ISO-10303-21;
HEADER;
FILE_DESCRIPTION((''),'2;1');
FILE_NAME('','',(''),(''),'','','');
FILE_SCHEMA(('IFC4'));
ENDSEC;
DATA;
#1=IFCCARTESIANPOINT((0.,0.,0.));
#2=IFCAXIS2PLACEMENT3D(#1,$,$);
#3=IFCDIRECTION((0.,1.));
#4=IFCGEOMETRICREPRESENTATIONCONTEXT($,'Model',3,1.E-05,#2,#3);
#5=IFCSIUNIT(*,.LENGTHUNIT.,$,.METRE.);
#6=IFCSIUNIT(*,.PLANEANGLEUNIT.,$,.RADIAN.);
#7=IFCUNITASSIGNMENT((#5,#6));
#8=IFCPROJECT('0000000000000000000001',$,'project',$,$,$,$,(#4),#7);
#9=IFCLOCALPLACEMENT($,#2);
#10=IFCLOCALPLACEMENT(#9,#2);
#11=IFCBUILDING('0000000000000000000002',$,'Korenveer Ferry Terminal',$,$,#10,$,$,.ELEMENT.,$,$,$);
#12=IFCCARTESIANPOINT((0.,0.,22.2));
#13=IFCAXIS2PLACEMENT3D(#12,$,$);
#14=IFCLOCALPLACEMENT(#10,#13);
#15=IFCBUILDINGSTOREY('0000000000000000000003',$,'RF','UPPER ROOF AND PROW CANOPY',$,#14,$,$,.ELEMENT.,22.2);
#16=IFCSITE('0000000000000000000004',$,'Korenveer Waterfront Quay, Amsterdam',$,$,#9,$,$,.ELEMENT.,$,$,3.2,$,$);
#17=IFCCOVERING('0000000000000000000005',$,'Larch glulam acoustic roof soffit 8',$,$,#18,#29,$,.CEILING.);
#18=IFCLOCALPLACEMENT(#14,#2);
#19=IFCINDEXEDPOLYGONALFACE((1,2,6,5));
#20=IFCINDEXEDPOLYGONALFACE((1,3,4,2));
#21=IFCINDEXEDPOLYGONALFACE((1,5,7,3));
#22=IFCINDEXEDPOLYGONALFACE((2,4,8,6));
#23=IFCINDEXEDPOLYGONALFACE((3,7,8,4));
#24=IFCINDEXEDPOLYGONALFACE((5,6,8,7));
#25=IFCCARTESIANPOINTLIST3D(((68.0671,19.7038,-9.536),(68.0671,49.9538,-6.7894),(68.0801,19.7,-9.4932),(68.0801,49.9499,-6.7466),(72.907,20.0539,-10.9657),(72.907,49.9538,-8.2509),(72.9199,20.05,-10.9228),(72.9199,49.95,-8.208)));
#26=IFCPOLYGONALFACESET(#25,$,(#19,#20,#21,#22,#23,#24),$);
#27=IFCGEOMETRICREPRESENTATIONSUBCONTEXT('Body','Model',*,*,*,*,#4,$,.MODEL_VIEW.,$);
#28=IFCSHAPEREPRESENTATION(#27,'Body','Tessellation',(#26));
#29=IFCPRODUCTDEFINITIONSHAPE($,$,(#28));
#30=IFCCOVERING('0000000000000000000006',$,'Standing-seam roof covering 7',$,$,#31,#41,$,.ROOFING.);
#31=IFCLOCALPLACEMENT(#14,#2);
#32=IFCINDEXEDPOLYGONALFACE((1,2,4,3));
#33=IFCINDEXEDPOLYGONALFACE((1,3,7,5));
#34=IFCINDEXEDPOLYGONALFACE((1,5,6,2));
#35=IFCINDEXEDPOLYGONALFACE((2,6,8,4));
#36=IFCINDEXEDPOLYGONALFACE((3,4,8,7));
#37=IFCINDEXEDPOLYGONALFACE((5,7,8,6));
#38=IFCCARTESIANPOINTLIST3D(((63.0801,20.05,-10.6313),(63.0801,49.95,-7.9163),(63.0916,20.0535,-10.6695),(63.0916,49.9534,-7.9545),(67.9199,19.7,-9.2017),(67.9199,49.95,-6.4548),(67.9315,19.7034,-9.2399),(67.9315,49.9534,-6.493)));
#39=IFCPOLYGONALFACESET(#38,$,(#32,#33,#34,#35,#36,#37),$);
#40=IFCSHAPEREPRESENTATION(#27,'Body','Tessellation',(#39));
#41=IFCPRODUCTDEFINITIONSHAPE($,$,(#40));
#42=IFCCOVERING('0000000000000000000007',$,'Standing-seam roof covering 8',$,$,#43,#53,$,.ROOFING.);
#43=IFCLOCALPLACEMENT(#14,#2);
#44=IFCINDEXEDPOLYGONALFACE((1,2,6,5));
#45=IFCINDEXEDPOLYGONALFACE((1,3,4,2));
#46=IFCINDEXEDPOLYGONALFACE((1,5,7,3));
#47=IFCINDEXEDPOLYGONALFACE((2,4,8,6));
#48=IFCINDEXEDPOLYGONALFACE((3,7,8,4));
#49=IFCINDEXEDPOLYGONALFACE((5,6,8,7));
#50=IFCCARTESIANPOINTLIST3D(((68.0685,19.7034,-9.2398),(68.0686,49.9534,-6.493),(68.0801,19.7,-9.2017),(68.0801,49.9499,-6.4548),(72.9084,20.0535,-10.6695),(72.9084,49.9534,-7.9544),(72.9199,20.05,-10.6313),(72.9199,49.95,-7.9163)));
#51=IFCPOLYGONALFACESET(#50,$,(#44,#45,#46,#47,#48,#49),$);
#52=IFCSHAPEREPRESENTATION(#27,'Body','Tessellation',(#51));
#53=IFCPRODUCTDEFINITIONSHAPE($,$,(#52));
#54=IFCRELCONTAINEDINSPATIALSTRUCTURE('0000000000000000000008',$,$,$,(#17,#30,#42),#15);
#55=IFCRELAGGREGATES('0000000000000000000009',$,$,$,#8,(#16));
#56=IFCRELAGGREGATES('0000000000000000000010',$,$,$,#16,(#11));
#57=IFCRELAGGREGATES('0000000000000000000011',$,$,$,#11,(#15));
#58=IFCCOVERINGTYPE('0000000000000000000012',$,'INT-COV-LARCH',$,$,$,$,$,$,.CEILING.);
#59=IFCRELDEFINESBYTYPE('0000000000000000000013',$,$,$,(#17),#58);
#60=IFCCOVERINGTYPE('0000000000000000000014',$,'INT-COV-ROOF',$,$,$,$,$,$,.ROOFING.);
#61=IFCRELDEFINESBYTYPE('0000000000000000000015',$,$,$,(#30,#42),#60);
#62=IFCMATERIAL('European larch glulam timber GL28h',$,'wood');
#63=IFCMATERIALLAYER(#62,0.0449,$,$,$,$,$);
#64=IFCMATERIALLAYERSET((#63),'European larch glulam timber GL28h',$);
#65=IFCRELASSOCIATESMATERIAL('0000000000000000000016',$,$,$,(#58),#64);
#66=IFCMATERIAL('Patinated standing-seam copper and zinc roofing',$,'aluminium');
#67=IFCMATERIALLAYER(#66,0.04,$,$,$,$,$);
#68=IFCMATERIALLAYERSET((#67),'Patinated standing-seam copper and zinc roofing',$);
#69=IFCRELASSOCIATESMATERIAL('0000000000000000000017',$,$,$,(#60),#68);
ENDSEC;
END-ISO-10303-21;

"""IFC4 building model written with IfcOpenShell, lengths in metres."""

from ifc_helpers import new_model, si_unit, direction, frame, origin, place, context, subcontext, project, spatial, polyline, outline, extrude, material, layer, layer_set, type_object, element, save


model = new_model("IFC4")

# Units and contexts
model_context = context("Model", 3, precision=1e-05, world=origin(), true_north=direction((0.0, 1.0)))
body_context = subcontext(model_context, "Body", "Model", "MODEL_VIEW")
ifc_project = project(units=[si_unit("LENGTHUNIT", "METRE"), si_unit("PLANEANGLEUNIT", "RADIAN")], contexts=[model_context])

# Site, building, storey
site_placement = place(None, origin())
site = spatial("IfcSite", under=ifc_project, at=site_placement, Name="Korenveer Waterfront Quay, Amsterdam", CompositionType="ELEMENT", RefElevation=3.2)
building_placement = place(site_placement, origin())
building = spatial("IfcBuilding", under=site, at=building_placement, Name="Korenveer Ferry Terminal", CompositionType="ELEMENT")
storey_placement = place(building_placement, frame((0.0, 0.0, 22.2)))
storey = spatial("IfcBuildingStorey", under=building, at=storey_placement, Name="RF", Description="UPPER ROOF AND PROW CANOPY", CompositionType="ELEMENT", Elevation=22.2)

# Coverings
ifc_material_1 = material(Name="European larch glulam timber GL28h", Category="wood")
ifc_layer_1 = layer(ifc_material_1, 0.0449)
ifc_layer_set_1 = layer_set([ifc_layer_1], Name="European larch glulam timber GL28h")
covering_type_1 = type_object("IfcCoveringType", Name="INT-COV-LARCH", PredefinedType="CEILING", material=ifc_layer_set_1)
covering_1_placement = place(storey_placement, frame((68.0801, 19.7, -9.4932), z_axis=(0.287985, -0.086594, 0.953712), x_axis=(0.956734, 0.069206, -0.282614)))
element("IfcCovering", 1, at=covering_1_placement, inside=storey, type_object=covering_type_1, Name="Larch glulam acoustic roof soffit 8", PredefinedType="CEILING", context=body_context, shape_type="SweptSolid", body=[
    extrude(outline(polyline([(0.0, 0.0), (5.0587, 0.0), (6.3607, 29.9947), (1.3173, 30.3459), (0.0, 0.0)])), origin(), (0.0, 0.0, -1.0), 0.0449),
])
ifc_material_2 = material(Name="Patinated standing-seam copper and zinc roofing", Category="aluminium")
ifc_layer_2 = layer(ifc_material_2, 0.04)
ifc_layer_set_2 = layer_set([ifc_layer_2], Name="Patinated standing-seam copper and zinc roofing")
covering_type_2 = type_object("IfcCoveringType", Name="INT-COV-ROOF", PredefinedType="ROOFING", material=ifc_layer_set_2)
covering_2_placement = place(storey_placement, frame((63.0801, 20.05, -10.6313), z_axis=(-0.287985, -0.086602, 0.953711), x_axis=(0.956734, -0.069206, 0.282614)))
element("IfcCovering", 2, at=covering_2_placement, inside=storey, type_object=covering_type_2, Name="Standing-seam roof covering 7", PredefinedType="ROOFING", context=body_context, shape_type="SweptSolid", body=[
    extrude(outline(polyline([(0.0, 0.0), (5.0587, 0.0), (3.7415, 30.3459), (-1.3019, 29.9947), (0.0, 0.0)])), origin(), (0.0, 0.0, -1.0), 0.04),
])
covering_3_placement = place(storey_placement, frame((68.0801, 19.7, -9.2017), z_axis=(0.287985, -0.086602, 0.953711), x_axis=(0.956734, 0.069206, -0.282614)))
element("IfcCovering", 3, at=covering_3_placement, inside=storey, type_object=covering_type_2, Name="Standing-seam roof covering 8", PredefinedType="ROOFING", context=body_context, shape_type="SweptSolid", body=[
    extrude(outline(polyline([(0.0, 0.0), (5.0587, 0.0), (6.3607, 29.9947), (1.3172, 30.3459), (0.0, 0.0)])), origin(), (0.0, 0.0, -1.0), 0.04),
])

save(model, "model.ifc")
